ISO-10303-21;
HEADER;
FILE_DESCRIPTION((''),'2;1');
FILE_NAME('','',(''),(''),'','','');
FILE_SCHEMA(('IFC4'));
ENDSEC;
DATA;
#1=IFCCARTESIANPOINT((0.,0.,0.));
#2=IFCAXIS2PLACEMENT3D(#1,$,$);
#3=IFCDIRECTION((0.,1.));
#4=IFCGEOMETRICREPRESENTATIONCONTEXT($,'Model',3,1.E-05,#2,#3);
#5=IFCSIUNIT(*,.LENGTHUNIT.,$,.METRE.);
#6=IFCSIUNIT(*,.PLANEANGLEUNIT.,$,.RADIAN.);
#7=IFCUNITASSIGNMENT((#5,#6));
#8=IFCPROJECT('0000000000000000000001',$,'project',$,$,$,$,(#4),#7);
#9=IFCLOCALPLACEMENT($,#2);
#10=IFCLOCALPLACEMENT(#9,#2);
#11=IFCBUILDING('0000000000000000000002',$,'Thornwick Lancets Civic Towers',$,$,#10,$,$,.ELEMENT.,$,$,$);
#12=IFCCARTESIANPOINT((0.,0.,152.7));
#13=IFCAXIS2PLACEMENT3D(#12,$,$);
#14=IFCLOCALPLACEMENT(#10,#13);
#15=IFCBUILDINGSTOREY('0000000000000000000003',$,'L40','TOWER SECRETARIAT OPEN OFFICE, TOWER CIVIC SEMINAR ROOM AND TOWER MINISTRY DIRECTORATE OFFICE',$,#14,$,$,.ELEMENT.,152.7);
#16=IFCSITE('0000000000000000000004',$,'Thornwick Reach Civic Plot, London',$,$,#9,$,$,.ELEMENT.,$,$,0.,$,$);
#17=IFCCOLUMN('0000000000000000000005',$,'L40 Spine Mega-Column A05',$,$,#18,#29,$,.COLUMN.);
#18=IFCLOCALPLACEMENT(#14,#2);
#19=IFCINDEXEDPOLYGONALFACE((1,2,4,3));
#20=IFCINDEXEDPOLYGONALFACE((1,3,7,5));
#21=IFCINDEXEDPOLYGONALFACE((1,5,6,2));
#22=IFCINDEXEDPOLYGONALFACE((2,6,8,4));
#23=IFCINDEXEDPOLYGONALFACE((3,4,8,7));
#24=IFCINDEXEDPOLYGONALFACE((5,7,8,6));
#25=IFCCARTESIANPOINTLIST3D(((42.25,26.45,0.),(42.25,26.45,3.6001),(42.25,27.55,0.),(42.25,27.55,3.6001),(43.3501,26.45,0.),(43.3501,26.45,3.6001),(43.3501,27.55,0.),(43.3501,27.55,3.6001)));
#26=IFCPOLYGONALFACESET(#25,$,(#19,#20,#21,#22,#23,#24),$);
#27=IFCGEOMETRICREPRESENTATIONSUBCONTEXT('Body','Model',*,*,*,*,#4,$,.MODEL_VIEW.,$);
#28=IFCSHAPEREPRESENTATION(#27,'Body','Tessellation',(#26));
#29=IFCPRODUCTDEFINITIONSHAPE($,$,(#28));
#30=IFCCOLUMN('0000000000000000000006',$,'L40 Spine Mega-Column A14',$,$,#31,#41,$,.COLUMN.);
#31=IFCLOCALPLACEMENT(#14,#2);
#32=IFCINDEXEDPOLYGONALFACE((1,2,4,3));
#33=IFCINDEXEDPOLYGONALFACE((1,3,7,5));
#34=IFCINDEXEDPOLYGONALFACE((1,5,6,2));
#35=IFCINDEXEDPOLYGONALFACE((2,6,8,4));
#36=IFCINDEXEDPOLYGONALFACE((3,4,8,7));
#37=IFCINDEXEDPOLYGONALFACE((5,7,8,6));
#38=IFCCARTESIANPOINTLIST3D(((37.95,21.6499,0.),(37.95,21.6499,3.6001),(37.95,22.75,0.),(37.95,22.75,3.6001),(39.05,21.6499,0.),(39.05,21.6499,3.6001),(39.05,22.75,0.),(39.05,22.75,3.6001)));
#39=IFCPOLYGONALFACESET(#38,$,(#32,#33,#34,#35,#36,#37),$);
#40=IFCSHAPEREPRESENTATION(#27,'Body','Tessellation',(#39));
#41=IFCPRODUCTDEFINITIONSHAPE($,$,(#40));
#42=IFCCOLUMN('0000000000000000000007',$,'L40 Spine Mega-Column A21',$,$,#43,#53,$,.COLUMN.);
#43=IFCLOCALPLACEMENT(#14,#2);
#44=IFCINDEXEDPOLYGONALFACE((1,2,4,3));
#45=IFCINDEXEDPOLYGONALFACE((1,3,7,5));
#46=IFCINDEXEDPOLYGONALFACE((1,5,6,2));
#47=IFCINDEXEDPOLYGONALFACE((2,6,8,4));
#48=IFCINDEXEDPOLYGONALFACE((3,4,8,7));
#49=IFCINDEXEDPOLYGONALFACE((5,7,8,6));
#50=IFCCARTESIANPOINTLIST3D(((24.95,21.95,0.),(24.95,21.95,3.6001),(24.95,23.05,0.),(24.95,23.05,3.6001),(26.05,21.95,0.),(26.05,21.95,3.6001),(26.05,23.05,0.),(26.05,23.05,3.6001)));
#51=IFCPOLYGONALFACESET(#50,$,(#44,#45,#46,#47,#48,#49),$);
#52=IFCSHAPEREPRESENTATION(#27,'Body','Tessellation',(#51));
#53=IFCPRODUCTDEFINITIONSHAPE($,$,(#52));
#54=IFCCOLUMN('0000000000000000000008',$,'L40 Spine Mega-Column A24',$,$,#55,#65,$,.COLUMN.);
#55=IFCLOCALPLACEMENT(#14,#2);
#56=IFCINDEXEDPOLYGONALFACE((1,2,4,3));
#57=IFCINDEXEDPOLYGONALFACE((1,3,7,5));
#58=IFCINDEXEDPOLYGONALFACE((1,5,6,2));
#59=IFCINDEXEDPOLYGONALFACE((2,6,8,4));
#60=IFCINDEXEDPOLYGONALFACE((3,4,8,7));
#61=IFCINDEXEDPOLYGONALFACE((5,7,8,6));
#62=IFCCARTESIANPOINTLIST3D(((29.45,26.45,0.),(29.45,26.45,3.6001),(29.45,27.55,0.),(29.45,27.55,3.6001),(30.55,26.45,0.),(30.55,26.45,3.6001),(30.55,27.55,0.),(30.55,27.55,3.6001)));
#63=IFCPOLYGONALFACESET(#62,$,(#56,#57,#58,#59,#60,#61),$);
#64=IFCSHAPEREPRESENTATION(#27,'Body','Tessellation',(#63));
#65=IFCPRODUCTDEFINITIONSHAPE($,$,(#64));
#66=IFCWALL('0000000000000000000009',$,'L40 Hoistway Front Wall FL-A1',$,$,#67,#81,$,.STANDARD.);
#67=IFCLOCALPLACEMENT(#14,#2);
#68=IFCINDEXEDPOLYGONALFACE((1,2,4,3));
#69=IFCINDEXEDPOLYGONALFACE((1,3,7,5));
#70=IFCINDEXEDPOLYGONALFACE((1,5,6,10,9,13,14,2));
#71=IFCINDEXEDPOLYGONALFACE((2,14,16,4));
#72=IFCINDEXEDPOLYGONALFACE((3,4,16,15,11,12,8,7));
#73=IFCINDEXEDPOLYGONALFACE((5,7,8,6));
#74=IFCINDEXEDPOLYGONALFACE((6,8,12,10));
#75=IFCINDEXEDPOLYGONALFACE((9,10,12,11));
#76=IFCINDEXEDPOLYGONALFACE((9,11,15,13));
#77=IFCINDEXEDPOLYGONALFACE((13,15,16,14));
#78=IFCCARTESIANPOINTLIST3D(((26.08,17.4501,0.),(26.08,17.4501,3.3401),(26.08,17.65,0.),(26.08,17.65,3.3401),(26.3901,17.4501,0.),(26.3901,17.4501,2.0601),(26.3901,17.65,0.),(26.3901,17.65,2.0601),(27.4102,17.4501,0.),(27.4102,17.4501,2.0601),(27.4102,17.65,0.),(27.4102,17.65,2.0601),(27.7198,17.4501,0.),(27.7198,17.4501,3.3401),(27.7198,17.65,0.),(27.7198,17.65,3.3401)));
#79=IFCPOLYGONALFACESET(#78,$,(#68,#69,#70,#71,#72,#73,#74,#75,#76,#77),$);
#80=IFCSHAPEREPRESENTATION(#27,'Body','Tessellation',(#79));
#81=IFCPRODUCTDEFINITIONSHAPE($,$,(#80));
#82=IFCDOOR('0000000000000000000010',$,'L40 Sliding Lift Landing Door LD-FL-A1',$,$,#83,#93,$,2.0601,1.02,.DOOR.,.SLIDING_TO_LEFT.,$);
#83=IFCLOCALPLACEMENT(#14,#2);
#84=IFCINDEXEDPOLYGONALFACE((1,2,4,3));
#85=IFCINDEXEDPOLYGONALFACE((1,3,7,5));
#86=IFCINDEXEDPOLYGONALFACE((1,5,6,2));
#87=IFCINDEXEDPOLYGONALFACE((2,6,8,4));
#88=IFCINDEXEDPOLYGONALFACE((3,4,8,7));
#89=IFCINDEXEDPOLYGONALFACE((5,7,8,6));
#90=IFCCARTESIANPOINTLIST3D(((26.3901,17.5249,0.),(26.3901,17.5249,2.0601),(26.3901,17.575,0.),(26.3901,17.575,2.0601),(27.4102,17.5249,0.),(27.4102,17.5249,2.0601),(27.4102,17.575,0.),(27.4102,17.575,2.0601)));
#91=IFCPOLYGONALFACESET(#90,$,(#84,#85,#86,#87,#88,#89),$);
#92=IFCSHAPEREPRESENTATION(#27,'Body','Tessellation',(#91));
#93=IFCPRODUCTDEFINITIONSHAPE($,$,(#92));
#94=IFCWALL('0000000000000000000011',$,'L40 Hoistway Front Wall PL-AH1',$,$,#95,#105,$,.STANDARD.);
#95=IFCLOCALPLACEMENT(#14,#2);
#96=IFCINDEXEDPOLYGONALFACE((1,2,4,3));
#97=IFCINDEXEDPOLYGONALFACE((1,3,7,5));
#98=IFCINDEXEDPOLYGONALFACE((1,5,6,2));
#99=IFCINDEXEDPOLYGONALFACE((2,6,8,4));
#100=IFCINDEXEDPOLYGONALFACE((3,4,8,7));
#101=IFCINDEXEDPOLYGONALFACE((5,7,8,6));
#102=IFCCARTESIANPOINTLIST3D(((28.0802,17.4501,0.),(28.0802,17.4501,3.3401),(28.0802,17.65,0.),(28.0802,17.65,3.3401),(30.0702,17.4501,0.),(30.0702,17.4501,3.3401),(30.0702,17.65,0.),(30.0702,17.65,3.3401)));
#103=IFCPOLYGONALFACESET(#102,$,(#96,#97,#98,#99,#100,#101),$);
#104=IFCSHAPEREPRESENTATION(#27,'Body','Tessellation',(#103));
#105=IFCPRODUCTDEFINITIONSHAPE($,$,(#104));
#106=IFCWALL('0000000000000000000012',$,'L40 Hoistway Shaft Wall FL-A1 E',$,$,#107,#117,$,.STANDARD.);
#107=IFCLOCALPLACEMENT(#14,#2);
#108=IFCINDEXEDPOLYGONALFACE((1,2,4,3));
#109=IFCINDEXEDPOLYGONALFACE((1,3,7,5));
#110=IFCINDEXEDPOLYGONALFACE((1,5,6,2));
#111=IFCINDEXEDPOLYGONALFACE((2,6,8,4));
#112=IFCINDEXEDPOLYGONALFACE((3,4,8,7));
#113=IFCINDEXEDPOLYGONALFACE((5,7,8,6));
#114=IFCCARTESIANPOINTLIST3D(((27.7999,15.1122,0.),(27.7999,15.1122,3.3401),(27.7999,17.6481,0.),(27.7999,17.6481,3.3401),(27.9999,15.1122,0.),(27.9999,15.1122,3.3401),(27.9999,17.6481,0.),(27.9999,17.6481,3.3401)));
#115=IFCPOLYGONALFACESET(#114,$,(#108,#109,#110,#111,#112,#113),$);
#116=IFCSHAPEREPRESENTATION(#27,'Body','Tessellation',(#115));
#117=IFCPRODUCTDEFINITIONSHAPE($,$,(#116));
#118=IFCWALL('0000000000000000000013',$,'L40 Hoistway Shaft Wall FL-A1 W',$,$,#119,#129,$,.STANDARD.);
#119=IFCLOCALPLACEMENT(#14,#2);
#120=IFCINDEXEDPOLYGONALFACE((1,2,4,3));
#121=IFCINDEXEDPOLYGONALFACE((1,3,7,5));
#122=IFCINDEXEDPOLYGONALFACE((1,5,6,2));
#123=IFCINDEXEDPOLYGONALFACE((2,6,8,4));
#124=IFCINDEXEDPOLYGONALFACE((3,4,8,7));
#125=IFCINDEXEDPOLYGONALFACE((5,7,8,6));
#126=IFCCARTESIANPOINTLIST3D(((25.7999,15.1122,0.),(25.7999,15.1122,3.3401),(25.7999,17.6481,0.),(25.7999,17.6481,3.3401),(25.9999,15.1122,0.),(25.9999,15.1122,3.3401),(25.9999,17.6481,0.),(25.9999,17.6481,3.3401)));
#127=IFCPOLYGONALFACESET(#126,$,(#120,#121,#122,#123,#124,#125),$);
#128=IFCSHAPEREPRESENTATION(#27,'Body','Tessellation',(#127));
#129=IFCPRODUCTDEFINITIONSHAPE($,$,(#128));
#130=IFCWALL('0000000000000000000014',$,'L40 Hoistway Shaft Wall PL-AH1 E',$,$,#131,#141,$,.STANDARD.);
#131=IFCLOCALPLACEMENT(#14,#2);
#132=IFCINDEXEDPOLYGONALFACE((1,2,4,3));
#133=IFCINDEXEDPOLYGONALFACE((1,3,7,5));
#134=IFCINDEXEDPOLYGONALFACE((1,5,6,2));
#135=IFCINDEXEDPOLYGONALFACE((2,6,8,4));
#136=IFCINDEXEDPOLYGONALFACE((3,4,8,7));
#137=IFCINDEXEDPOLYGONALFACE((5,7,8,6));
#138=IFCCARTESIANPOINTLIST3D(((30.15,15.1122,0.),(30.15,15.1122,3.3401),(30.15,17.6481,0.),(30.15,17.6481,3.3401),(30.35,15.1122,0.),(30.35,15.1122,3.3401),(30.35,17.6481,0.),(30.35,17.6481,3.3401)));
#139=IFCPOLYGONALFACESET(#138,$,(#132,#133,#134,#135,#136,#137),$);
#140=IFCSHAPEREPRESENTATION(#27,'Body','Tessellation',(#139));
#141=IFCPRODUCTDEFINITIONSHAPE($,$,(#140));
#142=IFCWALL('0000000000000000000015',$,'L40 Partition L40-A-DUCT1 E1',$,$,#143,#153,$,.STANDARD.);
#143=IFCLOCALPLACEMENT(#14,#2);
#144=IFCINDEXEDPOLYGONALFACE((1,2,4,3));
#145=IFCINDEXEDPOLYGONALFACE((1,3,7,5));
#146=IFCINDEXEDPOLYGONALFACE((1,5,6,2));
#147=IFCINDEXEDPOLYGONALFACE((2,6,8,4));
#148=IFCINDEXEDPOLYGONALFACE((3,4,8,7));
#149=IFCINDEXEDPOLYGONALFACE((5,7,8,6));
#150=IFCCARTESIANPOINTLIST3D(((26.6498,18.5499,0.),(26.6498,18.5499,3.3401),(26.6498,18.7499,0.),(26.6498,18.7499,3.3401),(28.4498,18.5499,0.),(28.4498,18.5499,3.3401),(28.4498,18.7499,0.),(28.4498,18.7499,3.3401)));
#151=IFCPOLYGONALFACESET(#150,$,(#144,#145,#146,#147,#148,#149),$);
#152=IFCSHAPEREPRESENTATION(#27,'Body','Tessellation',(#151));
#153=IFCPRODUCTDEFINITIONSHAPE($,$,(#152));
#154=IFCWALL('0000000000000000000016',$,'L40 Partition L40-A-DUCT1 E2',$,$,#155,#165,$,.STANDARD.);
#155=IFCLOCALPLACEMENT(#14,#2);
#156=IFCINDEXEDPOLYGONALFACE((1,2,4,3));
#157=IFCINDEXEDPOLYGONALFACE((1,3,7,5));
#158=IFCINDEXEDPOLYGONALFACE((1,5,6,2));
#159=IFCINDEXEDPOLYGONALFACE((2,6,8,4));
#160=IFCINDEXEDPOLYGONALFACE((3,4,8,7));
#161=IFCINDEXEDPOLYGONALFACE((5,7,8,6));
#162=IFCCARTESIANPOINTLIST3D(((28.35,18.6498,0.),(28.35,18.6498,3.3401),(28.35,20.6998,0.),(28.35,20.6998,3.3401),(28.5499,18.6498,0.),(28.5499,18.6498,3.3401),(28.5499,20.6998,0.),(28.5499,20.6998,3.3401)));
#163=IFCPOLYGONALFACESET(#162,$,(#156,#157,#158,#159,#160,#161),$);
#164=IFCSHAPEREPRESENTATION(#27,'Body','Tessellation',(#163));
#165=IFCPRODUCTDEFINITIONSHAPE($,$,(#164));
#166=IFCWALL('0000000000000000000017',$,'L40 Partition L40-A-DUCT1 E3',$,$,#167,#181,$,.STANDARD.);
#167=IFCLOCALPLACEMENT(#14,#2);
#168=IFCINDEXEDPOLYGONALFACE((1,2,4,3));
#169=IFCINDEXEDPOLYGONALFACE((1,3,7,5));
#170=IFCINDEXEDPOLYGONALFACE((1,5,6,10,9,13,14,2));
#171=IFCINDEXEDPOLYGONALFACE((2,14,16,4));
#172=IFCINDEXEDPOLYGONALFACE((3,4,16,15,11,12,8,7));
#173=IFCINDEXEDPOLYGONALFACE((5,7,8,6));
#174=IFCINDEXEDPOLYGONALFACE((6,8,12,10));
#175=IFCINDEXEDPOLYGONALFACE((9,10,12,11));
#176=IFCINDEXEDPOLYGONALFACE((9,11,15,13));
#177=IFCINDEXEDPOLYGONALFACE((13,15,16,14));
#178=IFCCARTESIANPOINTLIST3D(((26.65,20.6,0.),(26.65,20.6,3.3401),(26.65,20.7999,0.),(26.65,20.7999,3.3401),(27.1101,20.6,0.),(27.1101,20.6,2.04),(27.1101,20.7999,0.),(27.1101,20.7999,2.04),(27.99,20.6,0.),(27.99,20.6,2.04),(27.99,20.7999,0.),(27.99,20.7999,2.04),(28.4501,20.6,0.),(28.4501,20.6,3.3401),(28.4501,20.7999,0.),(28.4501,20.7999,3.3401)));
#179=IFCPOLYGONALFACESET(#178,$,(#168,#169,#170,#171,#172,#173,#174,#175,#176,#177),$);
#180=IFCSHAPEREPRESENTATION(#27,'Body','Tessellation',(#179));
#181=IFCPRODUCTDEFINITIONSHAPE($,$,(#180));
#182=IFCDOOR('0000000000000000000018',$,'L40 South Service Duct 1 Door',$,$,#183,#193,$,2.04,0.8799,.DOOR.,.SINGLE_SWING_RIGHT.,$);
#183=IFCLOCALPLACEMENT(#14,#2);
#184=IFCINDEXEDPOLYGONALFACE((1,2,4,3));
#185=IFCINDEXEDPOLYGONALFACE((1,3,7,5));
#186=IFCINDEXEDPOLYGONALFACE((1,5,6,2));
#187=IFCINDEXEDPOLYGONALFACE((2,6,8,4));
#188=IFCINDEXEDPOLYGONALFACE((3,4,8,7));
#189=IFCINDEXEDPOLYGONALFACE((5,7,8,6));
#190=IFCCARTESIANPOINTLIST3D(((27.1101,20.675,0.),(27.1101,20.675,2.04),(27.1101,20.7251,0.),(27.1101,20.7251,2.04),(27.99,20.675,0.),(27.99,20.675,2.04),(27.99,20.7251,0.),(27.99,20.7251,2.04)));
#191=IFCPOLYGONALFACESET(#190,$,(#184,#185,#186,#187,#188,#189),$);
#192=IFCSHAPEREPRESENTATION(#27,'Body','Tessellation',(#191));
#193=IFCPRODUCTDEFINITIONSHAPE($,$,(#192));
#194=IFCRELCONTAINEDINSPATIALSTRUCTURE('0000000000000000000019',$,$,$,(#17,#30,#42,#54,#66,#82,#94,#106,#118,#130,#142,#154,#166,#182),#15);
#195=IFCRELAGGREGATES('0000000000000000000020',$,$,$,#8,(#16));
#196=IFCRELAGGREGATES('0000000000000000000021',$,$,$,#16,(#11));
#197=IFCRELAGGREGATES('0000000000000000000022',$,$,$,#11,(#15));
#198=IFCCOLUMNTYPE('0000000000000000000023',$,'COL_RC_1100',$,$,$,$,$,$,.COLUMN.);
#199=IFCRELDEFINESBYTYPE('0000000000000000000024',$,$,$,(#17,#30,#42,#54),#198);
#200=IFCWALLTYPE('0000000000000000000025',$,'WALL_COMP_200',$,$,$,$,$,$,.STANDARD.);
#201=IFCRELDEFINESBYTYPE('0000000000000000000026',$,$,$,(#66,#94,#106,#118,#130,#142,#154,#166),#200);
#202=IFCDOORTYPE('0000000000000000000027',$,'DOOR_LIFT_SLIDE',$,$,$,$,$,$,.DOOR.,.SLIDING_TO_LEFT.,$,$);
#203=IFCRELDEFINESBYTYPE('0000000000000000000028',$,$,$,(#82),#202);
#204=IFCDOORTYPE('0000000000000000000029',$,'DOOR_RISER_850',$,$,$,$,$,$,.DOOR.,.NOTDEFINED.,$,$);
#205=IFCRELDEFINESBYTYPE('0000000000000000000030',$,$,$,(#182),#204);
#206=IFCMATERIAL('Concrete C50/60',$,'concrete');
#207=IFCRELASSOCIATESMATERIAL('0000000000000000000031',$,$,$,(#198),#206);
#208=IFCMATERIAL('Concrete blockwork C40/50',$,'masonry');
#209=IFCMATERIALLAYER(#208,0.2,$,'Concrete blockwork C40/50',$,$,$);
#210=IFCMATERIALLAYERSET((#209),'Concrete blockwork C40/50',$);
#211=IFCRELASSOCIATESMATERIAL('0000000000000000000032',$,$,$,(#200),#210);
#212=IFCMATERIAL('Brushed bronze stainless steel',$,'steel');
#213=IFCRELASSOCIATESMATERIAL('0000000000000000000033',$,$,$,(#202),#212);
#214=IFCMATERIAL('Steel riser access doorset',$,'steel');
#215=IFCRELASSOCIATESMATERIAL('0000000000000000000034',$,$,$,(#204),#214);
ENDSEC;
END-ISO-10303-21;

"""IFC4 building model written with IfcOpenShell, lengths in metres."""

from ifc_helpers import new_model, si_unit, direction, frame, frame_2d, origin, origin_2d, place, context, subcontext, project, spatial, rectangle, extrude, material, layer, layer_set, material_profile, profile_set, type_object, element, fill, save


model = new_model("IFC4")

# Units and contexts
model_context = context("Model", 3, precision=1e-05, world=origin(), true_north=direction((0.0, 1.0)))
body_context = subcontext(model_context, "Body", "Model", "MODEL_VIEW")
ifc_project = project(units=[si_unit("LENGTHUNIT", "METRE"), si_unit("PLANEANGLEUNIT", "RADIAN")], contexts=[model_context])

# Site, building, storey
site_placement = place(None, origin())
site = spatial("IfcSite", under=ifc_project, at=site_placement, Name="Thornwick Reach Civic Plot, London", CompositionType="ELEMENT", RefElevation=0.0)
building_placement = place(site_placement, origin())
building = spatial("IfcBuilding", under=site, at=building_placement, Name="Thornwick Lancets Civic Towers", CompositionType="ELEMENT")
storey_placement = place(building_placement, frame((0.0, 0.0, 152.7)))
storey = spatial("IfcBuildingStorey", under=building, at=storey_placement, Name="L40", Description="TOWER SECRETARIAT OPEN OFFICE, TOWER CIVIC SEMINAR ROOM AND TOWER MINISTRY DIRECTORATE OFFICE", CompositionType="ELEMENT", Elevation=152.7)

# Columns
ifc_material_1 = material(Name="Concrete C50/60", Category="concrete")
ifc_material_profile = material_profile(ifc_material_1, rectangle(XDim=1.1001, YDim=1.1001, at=origin_2d()), Name="RC 1100x1100")
ifc_profile_set = profile_set([ifc_material_profile], Name="Concrete C50/60")
column_type = type_object("IfcColumnType", Name="COL_RC_1100", PredefinedType="COLUMN", material=ifc_profile_set)
for number, where, z_axis, x_axis, name in (
    (1, (42.8, 27.0, 0.0), (0.0, 0.0, 1.0), (1.0, 0.0, 0.0), "L40 Spine Mega-Column A05"),
    (2, (38.5, 22.2, 0.0), (0.0, 0.0, 1.0), (1.0, 0.0, 0.0), "L40 Spine Mega-Column A14"),
    (3, (25.5, 22.5, 0.0), (0.0, 0.0, 1.0), (1.0, 0.0, 0.0), "L40 Spine Mega-Column A21"),
    (4, (30.0, 27.0, 0.0), (0.0, 0.0, 1.0), (1.0, 0.0, 0.0), "L40 Spine Mega-Column A24"),
):
    element("IfcColumn", number, at=place(storey_placement, frame(where, z_axis=z_axis, x_axis=x_axis)), inside=storey, type_object=column_type, Name=name, PredefinedType="COLUMN", context=body_context, shape_type="SweptSolid", body=[
        extrude(rectangle(XDim=1.1001, YDim=1.1001, at=origin_2d()), origin(), (0.0, 0.0, 1.0), 3.6001),
    ])

# Wall, opening, door
ifc_material_2 = material(Name="Concrete blockwork C40/50", Category="masonry")
ifc_layer_1 = layer(ifc_material_2, 0.2, Name="Concrete blockwork C40/50")
ifc_layer_set_1 = layer_set([ifc_layer_1], Name="Concrete blockwork C40/50")
wall_type_1 = type_object("IfcWallType", Name="WALL_COMP_200", PredefinedType="STANDARD", material=ifc_layer_set_1)
wall_1_placement = place(storey_placement, frame((26.0801, 17.55, 0.0), z_axis=(0.0, 0.0, 1.0), x_axis=(1.0, 0.0, 0.0)))
wall_1 = element("IfcWall", 5, at=wall_1_placement, inside=storey, type_object=wall_type_1, Name="L40 Hoistway Front Wall FL-A1", PredefinedType="STANDARD", context=body_context, shape_type="SweptSolid", body=[
    extrude(rectangle(XDim=1.6399, YDim=0.2, at=frame_2d((0.8198, 0.0))), origin(), (0.0, 0.0, 1.0), 3.3401),
])
opening_1_placement = place(wall_1_placement, frame((0.3101, 0.0, 0.0)))
opening_1 = element("IfcOpeningElement", 6, at=opening_1_placement, cuts=wall_1, PredefinedType="OPENING", context=body_context, shape_type="SweptSolid", body=[
    extrude(rectangle(XDim=1.02, YDim=2.0601, at=frame_2d((0.51, 1.03))), frame((0.0, 0.1099, 0.0), z_axis=(0.0, -1.0, 0.0), x_axis=(1.0, 0.0, 0.0)), (0.0, 0.0, 1.0), 0.22),
])
ifc_material_3 = material(Name="Brushed bronze stainless steel", Category="steel")
door_type_1 = type_object("IfcDoorType", Name="DOOR_LIFT_SLIDE", OperationType="SLIDING_TO_LEFT", PredefinedType="DOOR", material=ifc_material_3)
door_1_placement = place(opening_1_placement, origin())
door_1 = element("IfcDoor", 7, at=door_1_placement, inside=storey, type_object=door_type_1, Name="L40 Sliding Lift Landing Door LD-FL-A1", OperationType="SLIDING_TO_LEFT", OverallHeight=2.0601, OverallWidth=1.02, PredefinedType="DOOR", context=body_context, shape_type="SweptSolid", body=[
    extrude(rectangle(XDim=1.02, YDim=2.0601, at=frame_2d((0.51, 1.03))), frame((0.0, 0.0249, 0.0), z_axis=(0.0, -1.0, 0.0), x_axis=(1.0, 0.0, 0.0)), (0.0, 0.0, 1.0), 0.05),
])
fill(opening_1, door_1)

# Walls
wall_2_placement = place(storey_placement, frame((28.0801, 17.55, 0.0), z_axis=(0.0, 0.0, 1.0), x_axis=(1.0, 0.0, 0.0)))
element("IfcWall", 8, at=wall_2_placement, inside=storey, type_object=wall_type_1, Name="L40 Hoistway Front Wall PL-AH1", PredefinedType="STANDARD", context=body_context, shape_type="SweptSolid", body=[
    extrude(rectangle(XDim=1.99, YDim=0.2, at=frame_2d((0.9951, 0.0))), origin(), (0.0, 0.0, 1.0), 3.3401),
])
for number, where, z_axis, x_axis, name in (
    (9, (27.8999, 15.1121, 0.0), (0.0, 0.0, 1.0), (0.0, 1.0, 0.0), "L40 Hoistway Shaft Wall FL-A1 E"),
    (10, (25.8999, 15.1121, 0.0), (0.0, 0.0, 1.0), (0.0, 1.0, 0.0), "L40 Hoistway Shaft Wall FL-A1 W"),
    (11, (30.25, 15.1121, 0.0), (0.0, 0.0, 1.0), (0.0, 1.0, 0.0), "L40 Hoistway Shaft Wall PL-AH1 E"),
):
    element("IfcWall", number, at=place(storey_placement, frame(where, z_axis=z_axis, x_axis=x_axis)), inside=storey, type_object=wall_type_1, Name=name, PredefinedType="STANDARD", context=body_context, shape_type="SweptSolid", body=[
        extrude(rectangle(XDim=2.5359, YDim=0.2, at=frame_2d((1.2681, 0.0))), origin(), (0.0, 0.0, 1.0), 3.3401),
    ])
wall_3_placement = place(storey_placement, frame((26.6499, 18.6499, 0.0), z_axis=(0.0, 0.0, 1.0), x_axis=(1.0, 0.0, 0.0)))
element("IfcWall", 12, at=wall_3_placement, inside=storey, type_object=wall_type_1, Name="L40 Partition L40-A-DUCT1 E1", PredefinedType="STANDARD", context=body_context, shape_type="SweptSolid", body=[
    extrude(rectangle(XDim=1.8, YDim=0.2, at=frame_2d((0.8999, 0.0))), origin(), (0.0, 0.0, 1.0), 3.3401),
])
wall_4_placement = place(storey_placement, frame((28.45, 18.6499, 0.0), z_axis=(0.0, 0.0, 1.0), x_axis=(0.0, 1.0, 0.0)))
element("IfcWall", 13, at=wall_4_placement, inside=storey, type_object=wall_type_1, Name="L40 Partition L40-A-DUCT1 E2", PredefinedType="STANDARD", context=body_context, shape_type="SweptSolid", body=[
    extrude(rectangle(XDim=2.05, YDim=0.2, at=frame_2d((1.0249, 0.0))), origin(), (0.0, 0.0, 1.0), 3.3401),
])

# Wall, opening, door
wall_5_placement = place(storey_placement, frame((28.45, 20.7, 0.0), z_axis=(0.0, 0.0, 1.0), x_axis=(-1.0, 0.0, 0.0)))
wall_5 = element("IfcWall", 14, at=wall_5_placement, inside=storey, type_object=wall_type_1, Name="L40 Partition L40-A-DUCT1 E3", PredefinedType="STANDARD", context=body_context, shape_type="SweptSolid", body=[
    extrude(rectangle(XDim=1.8, YDim=0.2, at=frame_2d((0.8999, 0.0))), origin(), (0.0, 0.0, 1.0), 3.3401),
])
opening_2_placement = place(wall_5_placement, frame((0.46, 0.0, 0.0)))
opening_2 = element("IfcOpeningElement", 15, at=opening_2_placement, cuts=wall_5, PredefinedType="OPENING", context=body_context, shape_type="SweptSolid", body=[
    extrude(rectangle(XDim=0.8799, YDim=2.04, at=frame_2d((0.4399, 1.02))), frame((0.0, 0.1099, 0.0), z_axis=(0.0, -1.0, 0.0), x_axis=(1.0, 0.0, 0.0)), (0.0, 0.0, 1.0), 0.22),
])
ifc_material_4 = material(Name="Steel riser access doorset", Category="steel")
door_type_2 = type_object("IfcDoorType", Name="DOOR_RISER_850", OperationType="NOTDEFINED", PredefinedType="DOOR", material=ifc_material_4)
door_2_placement = place(opening_2_placement, origin())
door_2 = element("IfcDoor", 16, at=door_2_placement, inside=storey, type_object=door_type_2, Name="L40 South Service Duct 1 Door", OperationType="SINGLE_SWING_RIGHT", OverallHeight=2.04, OverallWidth=0.8799, PredefinedType="DOOR", context=body_context, shape_type="SweptSolid", body=[
    extrude(rectangle(XDim=0.8799, YDim=2.04, at=frame_2d((0.4399, 1.02))), frame((0.0, 0.0249, 0.0), z_axis=(0.0, -1.0, 0.0), x_axis=(1.0, 0.0, 0.0)), (0.0, 0.0, 1.0), 0.05),
])
fill(opening_2, door_2)

save(model, "model.ifc")
